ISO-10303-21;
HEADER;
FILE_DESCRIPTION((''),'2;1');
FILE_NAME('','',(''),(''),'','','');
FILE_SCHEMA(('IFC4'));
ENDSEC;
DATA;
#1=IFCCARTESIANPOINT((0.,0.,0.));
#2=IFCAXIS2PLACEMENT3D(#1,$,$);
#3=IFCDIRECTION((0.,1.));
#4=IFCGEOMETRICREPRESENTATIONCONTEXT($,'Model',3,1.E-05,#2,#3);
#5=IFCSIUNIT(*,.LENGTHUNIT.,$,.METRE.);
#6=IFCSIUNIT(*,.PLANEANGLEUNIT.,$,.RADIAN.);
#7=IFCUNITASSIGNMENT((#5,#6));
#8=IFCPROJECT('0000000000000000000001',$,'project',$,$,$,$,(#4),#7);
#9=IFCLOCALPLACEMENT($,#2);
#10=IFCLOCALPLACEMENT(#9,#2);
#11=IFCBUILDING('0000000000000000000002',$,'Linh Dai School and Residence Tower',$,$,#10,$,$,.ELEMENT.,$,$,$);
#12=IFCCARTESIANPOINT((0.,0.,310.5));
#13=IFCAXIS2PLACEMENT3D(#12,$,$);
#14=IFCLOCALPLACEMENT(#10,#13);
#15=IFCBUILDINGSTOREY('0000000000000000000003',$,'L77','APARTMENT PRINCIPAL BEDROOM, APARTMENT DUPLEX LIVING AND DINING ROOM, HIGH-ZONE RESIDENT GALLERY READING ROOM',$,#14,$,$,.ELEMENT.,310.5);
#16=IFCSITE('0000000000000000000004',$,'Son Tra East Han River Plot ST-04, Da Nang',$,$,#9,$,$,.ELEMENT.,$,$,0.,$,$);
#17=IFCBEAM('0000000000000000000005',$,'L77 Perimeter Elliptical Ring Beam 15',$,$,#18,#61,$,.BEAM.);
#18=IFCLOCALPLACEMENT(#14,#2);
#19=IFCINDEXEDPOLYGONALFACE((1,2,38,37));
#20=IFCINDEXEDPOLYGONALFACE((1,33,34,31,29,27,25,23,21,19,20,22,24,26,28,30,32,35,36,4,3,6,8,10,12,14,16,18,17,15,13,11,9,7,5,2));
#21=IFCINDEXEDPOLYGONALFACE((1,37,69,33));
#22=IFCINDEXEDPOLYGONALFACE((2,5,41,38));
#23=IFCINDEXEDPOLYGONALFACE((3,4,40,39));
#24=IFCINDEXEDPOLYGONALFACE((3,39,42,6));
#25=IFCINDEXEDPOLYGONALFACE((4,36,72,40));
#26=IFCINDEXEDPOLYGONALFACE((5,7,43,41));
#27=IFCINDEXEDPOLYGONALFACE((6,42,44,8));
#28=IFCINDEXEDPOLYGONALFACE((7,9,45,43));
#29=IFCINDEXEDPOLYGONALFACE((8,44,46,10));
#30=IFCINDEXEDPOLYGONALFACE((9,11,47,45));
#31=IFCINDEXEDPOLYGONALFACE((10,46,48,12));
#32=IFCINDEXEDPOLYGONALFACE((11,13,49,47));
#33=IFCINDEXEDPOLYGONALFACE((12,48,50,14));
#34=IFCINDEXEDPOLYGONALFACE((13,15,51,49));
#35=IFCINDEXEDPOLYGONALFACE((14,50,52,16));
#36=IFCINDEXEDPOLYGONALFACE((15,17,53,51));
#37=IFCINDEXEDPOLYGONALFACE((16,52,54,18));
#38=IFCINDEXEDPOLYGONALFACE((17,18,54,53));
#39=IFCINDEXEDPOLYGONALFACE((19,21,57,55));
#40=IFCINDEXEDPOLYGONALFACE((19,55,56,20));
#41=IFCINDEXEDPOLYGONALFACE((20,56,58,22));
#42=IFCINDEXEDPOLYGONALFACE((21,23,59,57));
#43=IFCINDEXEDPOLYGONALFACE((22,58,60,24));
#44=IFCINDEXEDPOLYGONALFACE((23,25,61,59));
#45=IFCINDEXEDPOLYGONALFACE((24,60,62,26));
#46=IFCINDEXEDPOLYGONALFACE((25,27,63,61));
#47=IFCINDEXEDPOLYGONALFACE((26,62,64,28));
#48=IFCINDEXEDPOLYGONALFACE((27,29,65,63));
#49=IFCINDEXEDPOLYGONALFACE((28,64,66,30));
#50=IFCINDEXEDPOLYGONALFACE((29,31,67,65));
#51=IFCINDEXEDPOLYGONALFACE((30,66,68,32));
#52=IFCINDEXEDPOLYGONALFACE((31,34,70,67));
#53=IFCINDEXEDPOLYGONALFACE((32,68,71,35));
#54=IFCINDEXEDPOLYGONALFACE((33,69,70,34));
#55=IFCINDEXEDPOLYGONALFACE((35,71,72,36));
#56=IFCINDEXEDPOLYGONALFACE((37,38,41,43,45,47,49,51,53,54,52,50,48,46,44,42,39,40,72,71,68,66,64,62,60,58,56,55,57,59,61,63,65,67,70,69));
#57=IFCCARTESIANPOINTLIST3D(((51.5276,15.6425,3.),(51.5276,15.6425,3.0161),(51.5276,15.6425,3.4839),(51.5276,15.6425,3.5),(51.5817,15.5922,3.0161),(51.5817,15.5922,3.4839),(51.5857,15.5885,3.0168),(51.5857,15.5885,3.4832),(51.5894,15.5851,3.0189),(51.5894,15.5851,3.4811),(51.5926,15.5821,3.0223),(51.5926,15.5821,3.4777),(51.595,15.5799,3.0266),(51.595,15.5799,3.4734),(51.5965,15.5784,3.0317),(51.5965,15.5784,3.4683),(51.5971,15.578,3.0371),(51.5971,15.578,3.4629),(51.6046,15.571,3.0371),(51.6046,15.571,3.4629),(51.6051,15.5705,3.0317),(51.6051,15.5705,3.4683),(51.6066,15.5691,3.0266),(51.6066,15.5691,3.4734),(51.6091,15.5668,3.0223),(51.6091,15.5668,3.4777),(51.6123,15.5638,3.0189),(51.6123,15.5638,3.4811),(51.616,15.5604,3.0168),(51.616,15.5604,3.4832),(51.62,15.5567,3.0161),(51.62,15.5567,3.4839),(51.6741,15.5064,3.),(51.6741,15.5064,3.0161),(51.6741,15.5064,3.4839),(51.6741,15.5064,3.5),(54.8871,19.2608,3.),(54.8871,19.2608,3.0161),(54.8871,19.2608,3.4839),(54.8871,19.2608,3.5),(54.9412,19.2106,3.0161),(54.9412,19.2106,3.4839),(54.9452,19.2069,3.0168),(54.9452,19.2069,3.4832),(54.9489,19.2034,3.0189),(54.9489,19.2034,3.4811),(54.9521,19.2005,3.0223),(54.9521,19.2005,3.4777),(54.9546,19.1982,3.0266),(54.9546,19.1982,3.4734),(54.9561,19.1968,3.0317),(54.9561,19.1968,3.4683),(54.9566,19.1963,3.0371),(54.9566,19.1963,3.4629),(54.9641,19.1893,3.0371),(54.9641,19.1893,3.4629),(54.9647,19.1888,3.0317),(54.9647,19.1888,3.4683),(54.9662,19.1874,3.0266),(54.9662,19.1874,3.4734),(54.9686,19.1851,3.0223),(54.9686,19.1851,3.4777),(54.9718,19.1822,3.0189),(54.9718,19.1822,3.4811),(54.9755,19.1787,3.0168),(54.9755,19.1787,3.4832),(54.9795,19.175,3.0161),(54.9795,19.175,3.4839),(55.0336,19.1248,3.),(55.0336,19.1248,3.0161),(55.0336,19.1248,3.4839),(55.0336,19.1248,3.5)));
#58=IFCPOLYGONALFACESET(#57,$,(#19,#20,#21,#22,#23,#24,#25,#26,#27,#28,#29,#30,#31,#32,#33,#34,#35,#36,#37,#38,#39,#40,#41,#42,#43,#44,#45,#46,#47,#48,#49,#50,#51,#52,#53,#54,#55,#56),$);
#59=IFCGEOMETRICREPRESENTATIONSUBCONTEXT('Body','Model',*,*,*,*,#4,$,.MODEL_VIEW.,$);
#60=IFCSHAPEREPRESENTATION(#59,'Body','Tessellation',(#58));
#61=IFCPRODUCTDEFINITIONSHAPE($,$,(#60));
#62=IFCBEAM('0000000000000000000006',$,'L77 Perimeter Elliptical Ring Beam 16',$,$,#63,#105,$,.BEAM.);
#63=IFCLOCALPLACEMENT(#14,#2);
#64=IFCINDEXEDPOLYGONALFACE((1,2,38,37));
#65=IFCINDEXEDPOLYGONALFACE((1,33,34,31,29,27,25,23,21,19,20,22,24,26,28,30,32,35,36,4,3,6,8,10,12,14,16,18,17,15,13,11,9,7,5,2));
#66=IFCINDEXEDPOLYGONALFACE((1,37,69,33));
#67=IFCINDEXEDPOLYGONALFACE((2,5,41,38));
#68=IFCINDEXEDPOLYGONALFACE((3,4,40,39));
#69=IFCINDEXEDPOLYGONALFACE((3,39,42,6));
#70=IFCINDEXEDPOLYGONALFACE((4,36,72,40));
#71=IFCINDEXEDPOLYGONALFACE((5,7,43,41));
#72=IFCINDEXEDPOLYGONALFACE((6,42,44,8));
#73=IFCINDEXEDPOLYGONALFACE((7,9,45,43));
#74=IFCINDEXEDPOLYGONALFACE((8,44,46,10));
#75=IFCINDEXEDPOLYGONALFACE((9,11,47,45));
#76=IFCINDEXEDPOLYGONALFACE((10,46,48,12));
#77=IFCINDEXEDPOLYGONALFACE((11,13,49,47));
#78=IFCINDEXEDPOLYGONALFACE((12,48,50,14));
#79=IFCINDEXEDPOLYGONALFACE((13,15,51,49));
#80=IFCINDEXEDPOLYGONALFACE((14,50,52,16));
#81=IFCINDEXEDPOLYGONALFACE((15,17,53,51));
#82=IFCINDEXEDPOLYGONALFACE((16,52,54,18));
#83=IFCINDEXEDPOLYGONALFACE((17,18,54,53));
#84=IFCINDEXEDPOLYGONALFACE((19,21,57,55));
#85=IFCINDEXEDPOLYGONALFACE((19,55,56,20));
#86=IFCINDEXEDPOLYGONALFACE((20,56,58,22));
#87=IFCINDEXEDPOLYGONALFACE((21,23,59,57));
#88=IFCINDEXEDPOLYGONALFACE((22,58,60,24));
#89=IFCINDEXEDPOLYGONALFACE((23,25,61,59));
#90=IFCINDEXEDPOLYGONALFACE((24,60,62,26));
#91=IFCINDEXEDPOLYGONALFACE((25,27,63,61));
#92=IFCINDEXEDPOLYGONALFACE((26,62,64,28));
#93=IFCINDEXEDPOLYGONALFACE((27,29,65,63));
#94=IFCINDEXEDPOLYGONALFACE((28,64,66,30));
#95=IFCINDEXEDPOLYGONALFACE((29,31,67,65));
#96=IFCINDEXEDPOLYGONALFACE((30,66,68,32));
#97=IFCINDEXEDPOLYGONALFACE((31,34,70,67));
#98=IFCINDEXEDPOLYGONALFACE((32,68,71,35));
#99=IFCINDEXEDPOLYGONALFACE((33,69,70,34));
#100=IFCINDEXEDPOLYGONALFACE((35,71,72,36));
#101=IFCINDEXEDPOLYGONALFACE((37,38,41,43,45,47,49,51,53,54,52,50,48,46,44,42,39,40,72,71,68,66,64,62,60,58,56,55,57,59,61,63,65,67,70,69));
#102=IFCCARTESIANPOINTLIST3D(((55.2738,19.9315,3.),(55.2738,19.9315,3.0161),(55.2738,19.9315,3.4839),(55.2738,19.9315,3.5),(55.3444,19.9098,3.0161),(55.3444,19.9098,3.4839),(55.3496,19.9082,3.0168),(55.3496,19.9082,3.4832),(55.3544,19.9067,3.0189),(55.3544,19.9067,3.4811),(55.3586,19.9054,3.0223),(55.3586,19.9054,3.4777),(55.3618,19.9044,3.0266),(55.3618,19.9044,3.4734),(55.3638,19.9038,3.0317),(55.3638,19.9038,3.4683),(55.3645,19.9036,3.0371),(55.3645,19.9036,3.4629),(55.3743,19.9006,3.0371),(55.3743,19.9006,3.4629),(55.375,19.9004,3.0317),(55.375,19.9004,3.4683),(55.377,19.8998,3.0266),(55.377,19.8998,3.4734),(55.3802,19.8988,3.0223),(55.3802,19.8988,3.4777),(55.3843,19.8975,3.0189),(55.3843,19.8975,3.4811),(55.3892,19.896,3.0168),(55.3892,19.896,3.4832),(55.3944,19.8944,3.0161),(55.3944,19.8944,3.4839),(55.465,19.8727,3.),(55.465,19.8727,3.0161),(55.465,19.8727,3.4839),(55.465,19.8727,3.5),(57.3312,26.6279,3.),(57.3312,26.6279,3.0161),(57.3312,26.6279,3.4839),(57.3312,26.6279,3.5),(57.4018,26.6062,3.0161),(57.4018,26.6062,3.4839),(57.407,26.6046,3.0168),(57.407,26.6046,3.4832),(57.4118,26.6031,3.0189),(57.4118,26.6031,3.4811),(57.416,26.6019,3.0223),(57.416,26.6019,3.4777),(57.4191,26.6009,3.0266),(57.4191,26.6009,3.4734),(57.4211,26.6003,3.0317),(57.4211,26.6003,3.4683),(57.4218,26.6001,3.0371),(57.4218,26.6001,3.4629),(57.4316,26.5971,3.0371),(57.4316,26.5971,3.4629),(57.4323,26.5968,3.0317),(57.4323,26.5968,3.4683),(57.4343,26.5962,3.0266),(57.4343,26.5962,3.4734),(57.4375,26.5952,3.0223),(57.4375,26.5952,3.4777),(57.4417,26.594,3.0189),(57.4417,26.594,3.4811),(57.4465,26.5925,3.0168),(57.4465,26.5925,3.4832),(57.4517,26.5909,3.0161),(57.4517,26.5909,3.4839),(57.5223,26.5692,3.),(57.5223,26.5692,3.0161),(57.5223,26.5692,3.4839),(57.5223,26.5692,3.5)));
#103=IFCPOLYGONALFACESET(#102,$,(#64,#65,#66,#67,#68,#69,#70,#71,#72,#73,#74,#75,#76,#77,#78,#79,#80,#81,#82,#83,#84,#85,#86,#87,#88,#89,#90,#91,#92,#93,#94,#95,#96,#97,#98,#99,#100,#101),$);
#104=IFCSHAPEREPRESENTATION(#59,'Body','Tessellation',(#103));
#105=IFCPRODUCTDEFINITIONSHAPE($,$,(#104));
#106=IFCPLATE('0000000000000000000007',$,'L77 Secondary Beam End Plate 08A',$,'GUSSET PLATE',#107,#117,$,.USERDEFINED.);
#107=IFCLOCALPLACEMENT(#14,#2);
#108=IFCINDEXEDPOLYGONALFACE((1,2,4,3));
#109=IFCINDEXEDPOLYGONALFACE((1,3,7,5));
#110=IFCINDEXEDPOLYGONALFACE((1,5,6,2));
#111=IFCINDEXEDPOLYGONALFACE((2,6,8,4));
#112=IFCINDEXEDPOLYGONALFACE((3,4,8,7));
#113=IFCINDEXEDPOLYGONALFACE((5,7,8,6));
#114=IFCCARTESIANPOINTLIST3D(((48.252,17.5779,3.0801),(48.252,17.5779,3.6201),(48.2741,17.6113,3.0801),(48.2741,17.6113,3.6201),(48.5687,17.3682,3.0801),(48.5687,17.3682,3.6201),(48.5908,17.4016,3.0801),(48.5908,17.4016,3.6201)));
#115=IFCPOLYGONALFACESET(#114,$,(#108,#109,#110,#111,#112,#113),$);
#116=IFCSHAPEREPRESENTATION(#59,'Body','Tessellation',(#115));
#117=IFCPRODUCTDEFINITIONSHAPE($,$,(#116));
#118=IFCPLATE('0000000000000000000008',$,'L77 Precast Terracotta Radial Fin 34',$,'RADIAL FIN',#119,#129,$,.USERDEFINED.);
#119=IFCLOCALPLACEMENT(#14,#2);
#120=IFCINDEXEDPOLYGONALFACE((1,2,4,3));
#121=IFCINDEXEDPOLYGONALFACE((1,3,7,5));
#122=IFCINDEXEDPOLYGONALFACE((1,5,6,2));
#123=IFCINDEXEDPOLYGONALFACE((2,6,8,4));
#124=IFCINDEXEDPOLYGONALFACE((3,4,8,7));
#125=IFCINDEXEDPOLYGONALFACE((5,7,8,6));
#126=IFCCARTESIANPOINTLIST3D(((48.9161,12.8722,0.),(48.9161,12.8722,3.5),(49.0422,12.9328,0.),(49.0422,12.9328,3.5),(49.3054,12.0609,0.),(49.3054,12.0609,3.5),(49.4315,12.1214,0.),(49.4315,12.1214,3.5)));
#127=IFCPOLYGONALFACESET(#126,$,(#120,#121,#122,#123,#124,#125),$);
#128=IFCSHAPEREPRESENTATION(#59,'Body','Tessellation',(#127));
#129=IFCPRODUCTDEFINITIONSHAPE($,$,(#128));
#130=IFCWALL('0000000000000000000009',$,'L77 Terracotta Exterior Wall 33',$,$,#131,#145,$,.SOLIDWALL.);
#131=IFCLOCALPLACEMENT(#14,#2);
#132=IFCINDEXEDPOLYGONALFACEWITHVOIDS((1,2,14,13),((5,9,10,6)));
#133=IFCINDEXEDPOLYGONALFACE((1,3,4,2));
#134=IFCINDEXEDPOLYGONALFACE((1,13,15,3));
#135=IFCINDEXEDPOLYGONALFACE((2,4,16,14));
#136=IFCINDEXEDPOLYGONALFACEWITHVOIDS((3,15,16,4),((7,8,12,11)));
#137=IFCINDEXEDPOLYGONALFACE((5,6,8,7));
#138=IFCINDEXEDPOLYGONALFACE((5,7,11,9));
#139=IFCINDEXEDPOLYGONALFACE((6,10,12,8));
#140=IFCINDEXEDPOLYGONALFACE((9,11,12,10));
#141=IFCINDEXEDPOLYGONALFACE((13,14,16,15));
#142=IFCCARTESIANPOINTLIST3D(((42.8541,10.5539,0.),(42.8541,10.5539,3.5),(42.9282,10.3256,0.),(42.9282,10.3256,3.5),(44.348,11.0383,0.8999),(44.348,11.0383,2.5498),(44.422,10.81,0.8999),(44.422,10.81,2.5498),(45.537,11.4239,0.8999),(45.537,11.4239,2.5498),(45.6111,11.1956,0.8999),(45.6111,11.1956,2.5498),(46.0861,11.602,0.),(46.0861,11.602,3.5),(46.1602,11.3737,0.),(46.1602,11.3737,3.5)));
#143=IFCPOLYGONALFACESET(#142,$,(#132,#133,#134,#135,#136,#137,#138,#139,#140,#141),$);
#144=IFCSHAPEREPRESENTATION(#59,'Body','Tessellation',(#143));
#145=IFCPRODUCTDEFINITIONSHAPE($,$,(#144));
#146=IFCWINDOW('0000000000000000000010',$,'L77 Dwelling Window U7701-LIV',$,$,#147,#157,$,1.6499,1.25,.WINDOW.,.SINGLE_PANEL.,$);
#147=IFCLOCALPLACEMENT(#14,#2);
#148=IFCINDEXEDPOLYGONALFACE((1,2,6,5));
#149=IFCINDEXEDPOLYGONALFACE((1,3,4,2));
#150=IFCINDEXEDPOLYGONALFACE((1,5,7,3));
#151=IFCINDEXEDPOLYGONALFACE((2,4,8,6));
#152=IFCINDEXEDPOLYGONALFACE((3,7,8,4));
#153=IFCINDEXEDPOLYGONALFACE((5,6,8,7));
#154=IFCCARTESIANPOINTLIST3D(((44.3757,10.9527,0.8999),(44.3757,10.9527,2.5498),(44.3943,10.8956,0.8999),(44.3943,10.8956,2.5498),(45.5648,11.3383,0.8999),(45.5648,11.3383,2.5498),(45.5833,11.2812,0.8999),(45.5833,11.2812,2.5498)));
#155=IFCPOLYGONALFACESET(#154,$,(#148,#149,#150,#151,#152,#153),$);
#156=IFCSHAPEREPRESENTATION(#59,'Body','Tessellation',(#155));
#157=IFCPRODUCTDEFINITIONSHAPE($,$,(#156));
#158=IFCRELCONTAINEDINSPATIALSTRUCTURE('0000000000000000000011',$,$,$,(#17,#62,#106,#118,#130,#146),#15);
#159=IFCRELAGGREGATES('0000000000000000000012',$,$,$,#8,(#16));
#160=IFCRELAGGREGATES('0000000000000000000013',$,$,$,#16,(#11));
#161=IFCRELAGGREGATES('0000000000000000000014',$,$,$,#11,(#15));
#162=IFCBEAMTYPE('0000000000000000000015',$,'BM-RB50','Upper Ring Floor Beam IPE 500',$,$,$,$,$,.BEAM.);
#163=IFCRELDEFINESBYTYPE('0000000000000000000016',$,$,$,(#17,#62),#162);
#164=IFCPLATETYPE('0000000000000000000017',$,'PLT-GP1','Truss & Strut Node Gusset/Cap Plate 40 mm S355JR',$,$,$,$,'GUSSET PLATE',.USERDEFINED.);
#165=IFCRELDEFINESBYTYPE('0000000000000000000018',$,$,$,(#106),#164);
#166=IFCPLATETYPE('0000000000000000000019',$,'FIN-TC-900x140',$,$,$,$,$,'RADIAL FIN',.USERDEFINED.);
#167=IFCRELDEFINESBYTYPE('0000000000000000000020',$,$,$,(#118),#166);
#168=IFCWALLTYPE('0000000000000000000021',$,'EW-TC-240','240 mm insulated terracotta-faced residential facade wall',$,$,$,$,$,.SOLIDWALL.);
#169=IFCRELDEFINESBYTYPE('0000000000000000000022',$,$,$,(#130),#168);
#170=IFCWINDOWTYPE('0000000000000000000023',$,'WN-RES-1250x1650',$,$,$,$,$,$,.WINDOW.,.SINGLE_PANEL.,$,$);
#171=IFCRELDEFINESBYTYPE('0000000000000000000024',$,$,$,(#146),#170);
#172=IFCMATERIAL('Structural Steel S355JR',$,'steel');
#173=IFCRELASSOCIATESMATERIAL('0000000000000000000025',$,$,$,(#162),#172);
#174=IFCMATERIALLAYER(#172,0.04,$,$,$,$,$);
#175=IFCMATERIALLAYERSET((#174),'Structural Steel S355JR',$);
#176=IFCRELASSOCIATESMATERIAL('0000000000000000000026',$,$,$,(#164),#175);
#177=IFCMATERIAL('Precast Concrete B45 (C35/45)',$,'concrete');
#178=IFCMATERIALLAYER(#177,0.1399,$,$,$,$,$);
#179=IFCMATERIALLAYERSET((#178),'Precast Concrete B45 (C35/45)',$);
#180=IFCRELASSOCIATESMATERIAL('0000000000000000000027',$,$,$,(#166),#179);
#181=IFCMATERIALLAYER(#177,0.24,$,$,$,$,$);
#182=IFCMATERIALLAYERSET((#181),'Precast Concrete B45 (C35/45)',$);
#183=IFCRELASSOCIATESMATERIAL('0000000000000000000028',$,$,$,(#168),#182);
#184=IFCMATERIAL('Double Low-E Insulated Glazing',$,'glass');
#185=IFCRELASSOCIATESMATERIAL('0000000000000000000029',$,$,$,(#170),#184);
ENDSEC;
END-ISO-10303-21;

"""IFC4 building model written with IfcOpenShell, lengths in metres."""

from ifc_helpers import new_model, si_unit, direction, frame, frame_2d, origin, origin_2d, place, context, subcontext, project, spatial, rectangle, i_section, extrude, source, transform, mapped, material, layer, layer_set, material_profile, profile_set, type_object, element, fill, save


model = new_model("IFC4")

# Units and contexts
model_context = context("Model", 3, precision=1e-05, world=origin(), true_north=direction((0.0, 1.0)))
body_context = subcontext(model_context, "Body", "Model", "MODEL_VIEW")
ifc_project = project(units=[si_unit("LENGTHUNIT", "METRE"), si_unit("PLANEANGLEUNIT", "RADIAN")], contexts=[model_context])

# Site, building, storey
site_placement = place(None, origin())
site = spatial("IfcSite", under=ifc_project, at=site_placement, Name="Son Tra East Han River Plot ST-04, Da Nang", CompositionType="ELEMENT", RefElevation=0.0)
building_placement = place(site_placement, origin())
building = spatial("IfcBuilding", under=site, at=building_placement, Name="Linh Dai School and Residence Tower", CompositionType="ELEMENT")
storey_placement = place(building_placement, frame((0.0, 0.0, 310.5)))
storey = spatial("IfcBuildingStorey", under=building, at=storey_placement, Name="L77", Description="APARTMENT PRINCIPAL BEDROOM, APARTMENT DUPLEX LIVING AND DINING ROOM, HIGH-ZONE RESIDENT GALLERY READING ROOM", CompositionType="ELEMENT", Elevation=310.5)

# Shared definitions
ifc_material_1 = material(Name="Structural Steel S355JR", Category="steel")

# Beams
ifc_material_profile_1 = material_profile(ifc_material_1, i_section(OverallWidth=0.2, OverallDepth=0.5, WebThickness=0.0103, FlangeThickness=0.0161, FilletRadius=0.021, at=origin_2d()), Name="IPE 500")
ifc_profile_set_1 = profile_set([ifc_material_profile_1], Name="Structural Steel S355JR")
beam_type_1 = type_object("IfcBeamType", Name="BM-RB50", Description="Upper Ring Floor Beam IPE 500", PredefinedType="BEAM", material=ifc_profile_set_1)
beam_1_placement = place(storey_placement, frame((51.6008, 15.5745, 3.25), z_axis=(0.680415, 0.732827, 0.0), x_axis=(-0.732827, 0.680415, 0.0)))
element("IfcBeam", 1, at=beam_1_placement, inside=storey, type_object=beam_type_1, Name="L77 Perimeter Elliptical Ring Beam 15", PredefinedType="BEAM", context=body_context, shape_type="SweptSolid", body=[
    extrude(i_section(OverallWidth=0.2, OverallDepth=0.5, WebThickness=0.0103, FlangeThickness=0.0161, FilletRadius=0.021, at=origin_2d()), origin(), (0.0, 0.0, 1.0), 4.9375),
])
beam_2_placement = place(storey_placement, frame((55.3694, 19.9021, 3.25), z_axis=(0.293682, 0.955903, 0.0), x_axis=(-0.955903, 0.293682, 0.0)))
element("IfcBeam", 2, at=beam_2_placement, inside=storey, type_object=beam_type_1, Name="L77 Perimeter Elliptical Ring Beam 16", PredefinedType="BEAM", context=body_context, shape_type="SweptSolid", body=[
    extrude(i_section(OverallWidth=0.2, OverallDepth=0.5, WebThickness=0.0103, FlangeThickness=0.0161, FilletRadius=0.021, at=origin_2d()), origin(), (0.0, 0.0, 1.0), 7.0054),
])

# Plates
ifc_layer_1 = layer(ifc_material_1, 0.04)
ifc_layer_set_1 = layer_set([ifc_layer_1], Name="Structural Steel S355JR")
plate_type_1 = type_object("IfcPlateType", Name="PLT-GP1", Description="Truss & Strut Node Gusset/Cap Plate 40 mm S355JR", ElementType="GUSSET PLATE", PredefinedType="USERDEFINED", material=ifc_layer_set_1)
shared_shape_1 = source(origin(), body_context, "Body", "SweptSolid", [
    extrude(rectangle(XDim=0.04, YDim=0.3799, at=origin_2d()), origin(), (0.0, 0.0, 1.0), 0.54),
])
plate_1_placement = place(storey_placement, frame((48.4214, 17.4897, 3.0801), z_axis=(0.0, 0.0, 1.0), x_axis=(0.552122, 0.833763, 0.0)))
element("IfcPlate", 3, at=plate_1_placement, inside=storey, type_object=plate_type_1, Name="L77 Secondary Beam End Plate 08A", ObjectType="GUSSET PLATE", PredefinedType="USERDEFINED", context=body_context, shape_type="MappedRepresentation", body=[
    mapped(shared_shape_1, transform((0.0, 0.0, 0.0), x_axis=(1.0, 0.0, 0.0), y_axis=(0.0, 1.0, 0.0), z_axis=(0.0, 0.0, 1.0), scale=1.0)),
])
ifc_material_2 = material(Name="Precast Concrete B45 (C35/45)", Category="concrete")
ifc_layer_2 = layer(ifc_material_2, 0.1399)
ifc_layer_set_2 = layer_set([ifc_layer_2], Name="Precast Concrete B45 (C35/45)")
plate_type_2 = type_object("IfcPlateType", Name="FIN-TC-900x140", ElementType="RADIAL FIN", PredefinedType="USERDEFINED", material=ifc_layer_set_2)
shared_shape_2 = source(origin(), body_context, "Body", "SweptSolid", [
    extrude(rectangle(XDim=0.8999, YDim=0.1399, at=origin_2d()), origin(), (0.0, 0.0, 1.0), 3.5),
])
plate_2_placement = place(storey_placement, frame((49.1738, 12.4968, 0.0), z_axis=(0.0, 0.0, 1.0), x_axis=(0.432612, -0.90158, 0.0)))
element("IfcPlate", 4, at=plate_2_placement, inside=storey, type_object=plate_type_2, Name="L77 Precast Terracotta Radial Fin 34", ObjectType="RADIAL FIN", PredefinedType="USERDEFINED", context=body_context, shape_type="MappedRepresentation", body=[
    mapped(shared_shape_2, transform((0.0, 0.0, 0.0), x_axis=(1.0, 0.0, 0.0), y_axis=(0.0, 1.0, 0.0), z_axis=(0.0, 0.0, 1.0), scale=1.0)),
])

# Wall, opening, window
ifc_layer_3 = layer(ifc_material_2, 0.24)
ifc_layer_set_3 = layer_set([ifc_layer_3], Name="Precast Concrete B45 (C35/45)")
wall_type_1 = type_object("IfcWallType", Name="EW-TC-240", Description="240 mm insulated terracotta-faced residential facade wall", PredefinedType="SOLIDWALL", material=ifc_layer_set_3)
wall_1_placement = place(storey_placement, frame((46.123, 11.4878, 0.0), z_axis=(0.0, 0.0, 1.0), x_axis=(-0.951231, -0.308478, 0.0)))
wall_1 = element("IfcWall", 5, at=wall_1_placement, inside=storey, type_object=wall_type_1, Name="L77 Terracotta Exterior Wall 33", PredefinedType="SOLIDWALL", context=body_context, shape_type="SweptSolid", body=[
    extrude(rectangle(XDim=3.3977, YDim=0.24, at=frame_2d((1.6987, 0.0))), origin(), (0.0, 0.0, 1.0), 3.5),
])
opening_1_placement = place(wall_1_placement, frame((0.5771, 0.0, 0.8999)))
opening_1 = element("IfcOpeningElement", 6, at=opening_1_placement, cuts=wall_1, PredefinedType="OPENING", context=body_context, shape_type="SweptSolid", body=[
    extrude(rectangle(XDim=1.25, YDim=1.6499, at=origin_2d()), frame((0.625, 0.1299, 0.825), z_axis=(0.0, -1.0, 0.0), x_axis=(1.0, 0.0, 0.0)), (0.0, 0.0, 1.0), 0.26),
])
ifc_material_3 = material(Name="Double Low-E Insulated Glazing", Category="glass")
window_type_1 = type_object("IfcWindowType", Name="WN-RES-1250x1650", PartitioningType="SINGLE_PANEL", PredefinedType="WINDOW", material=ifc_material_3)
shared_shape_3 = source(origin(), body_context, "Body", "SweptSolid", [
    extrude(rectangle(XDim=1.25, YDim=1.6499, at=origin_2d()), frame((0.625, 0.03, 0.825), z_axis=(0.0, -1.0, 0.0), x_axis=(1.0, 0.0, 0.0)), (0.0, 0.0, 1.0), 0.0601),
])
window_1_placement = place(opening_1_placement, origin())
window_1 = element("IfcWindow", 7, at=window_1_placement, inside=storey, type_object=window_type_1, Name="L77 Dwelling Window U7701-LIV", OverallHeight=1.6499, OverallWidth=1.25, PartitioningType="SINGLE_PANEL", PredefinedType="WINDOW", context=body_context, shape_type="MappedRepresentation", body=[
    mapped(shared_shape_3, transform((0.0, 0.0, 0.0), x_axis=(1.0, 0.0, 0.0), y_axis=(0.0, 1.0, 0.0), z_axis=(0.0, 0.0, 1.0), scale=1.0)),
])
fill(opening_1, window_1)

save(model, "model.ifc")
